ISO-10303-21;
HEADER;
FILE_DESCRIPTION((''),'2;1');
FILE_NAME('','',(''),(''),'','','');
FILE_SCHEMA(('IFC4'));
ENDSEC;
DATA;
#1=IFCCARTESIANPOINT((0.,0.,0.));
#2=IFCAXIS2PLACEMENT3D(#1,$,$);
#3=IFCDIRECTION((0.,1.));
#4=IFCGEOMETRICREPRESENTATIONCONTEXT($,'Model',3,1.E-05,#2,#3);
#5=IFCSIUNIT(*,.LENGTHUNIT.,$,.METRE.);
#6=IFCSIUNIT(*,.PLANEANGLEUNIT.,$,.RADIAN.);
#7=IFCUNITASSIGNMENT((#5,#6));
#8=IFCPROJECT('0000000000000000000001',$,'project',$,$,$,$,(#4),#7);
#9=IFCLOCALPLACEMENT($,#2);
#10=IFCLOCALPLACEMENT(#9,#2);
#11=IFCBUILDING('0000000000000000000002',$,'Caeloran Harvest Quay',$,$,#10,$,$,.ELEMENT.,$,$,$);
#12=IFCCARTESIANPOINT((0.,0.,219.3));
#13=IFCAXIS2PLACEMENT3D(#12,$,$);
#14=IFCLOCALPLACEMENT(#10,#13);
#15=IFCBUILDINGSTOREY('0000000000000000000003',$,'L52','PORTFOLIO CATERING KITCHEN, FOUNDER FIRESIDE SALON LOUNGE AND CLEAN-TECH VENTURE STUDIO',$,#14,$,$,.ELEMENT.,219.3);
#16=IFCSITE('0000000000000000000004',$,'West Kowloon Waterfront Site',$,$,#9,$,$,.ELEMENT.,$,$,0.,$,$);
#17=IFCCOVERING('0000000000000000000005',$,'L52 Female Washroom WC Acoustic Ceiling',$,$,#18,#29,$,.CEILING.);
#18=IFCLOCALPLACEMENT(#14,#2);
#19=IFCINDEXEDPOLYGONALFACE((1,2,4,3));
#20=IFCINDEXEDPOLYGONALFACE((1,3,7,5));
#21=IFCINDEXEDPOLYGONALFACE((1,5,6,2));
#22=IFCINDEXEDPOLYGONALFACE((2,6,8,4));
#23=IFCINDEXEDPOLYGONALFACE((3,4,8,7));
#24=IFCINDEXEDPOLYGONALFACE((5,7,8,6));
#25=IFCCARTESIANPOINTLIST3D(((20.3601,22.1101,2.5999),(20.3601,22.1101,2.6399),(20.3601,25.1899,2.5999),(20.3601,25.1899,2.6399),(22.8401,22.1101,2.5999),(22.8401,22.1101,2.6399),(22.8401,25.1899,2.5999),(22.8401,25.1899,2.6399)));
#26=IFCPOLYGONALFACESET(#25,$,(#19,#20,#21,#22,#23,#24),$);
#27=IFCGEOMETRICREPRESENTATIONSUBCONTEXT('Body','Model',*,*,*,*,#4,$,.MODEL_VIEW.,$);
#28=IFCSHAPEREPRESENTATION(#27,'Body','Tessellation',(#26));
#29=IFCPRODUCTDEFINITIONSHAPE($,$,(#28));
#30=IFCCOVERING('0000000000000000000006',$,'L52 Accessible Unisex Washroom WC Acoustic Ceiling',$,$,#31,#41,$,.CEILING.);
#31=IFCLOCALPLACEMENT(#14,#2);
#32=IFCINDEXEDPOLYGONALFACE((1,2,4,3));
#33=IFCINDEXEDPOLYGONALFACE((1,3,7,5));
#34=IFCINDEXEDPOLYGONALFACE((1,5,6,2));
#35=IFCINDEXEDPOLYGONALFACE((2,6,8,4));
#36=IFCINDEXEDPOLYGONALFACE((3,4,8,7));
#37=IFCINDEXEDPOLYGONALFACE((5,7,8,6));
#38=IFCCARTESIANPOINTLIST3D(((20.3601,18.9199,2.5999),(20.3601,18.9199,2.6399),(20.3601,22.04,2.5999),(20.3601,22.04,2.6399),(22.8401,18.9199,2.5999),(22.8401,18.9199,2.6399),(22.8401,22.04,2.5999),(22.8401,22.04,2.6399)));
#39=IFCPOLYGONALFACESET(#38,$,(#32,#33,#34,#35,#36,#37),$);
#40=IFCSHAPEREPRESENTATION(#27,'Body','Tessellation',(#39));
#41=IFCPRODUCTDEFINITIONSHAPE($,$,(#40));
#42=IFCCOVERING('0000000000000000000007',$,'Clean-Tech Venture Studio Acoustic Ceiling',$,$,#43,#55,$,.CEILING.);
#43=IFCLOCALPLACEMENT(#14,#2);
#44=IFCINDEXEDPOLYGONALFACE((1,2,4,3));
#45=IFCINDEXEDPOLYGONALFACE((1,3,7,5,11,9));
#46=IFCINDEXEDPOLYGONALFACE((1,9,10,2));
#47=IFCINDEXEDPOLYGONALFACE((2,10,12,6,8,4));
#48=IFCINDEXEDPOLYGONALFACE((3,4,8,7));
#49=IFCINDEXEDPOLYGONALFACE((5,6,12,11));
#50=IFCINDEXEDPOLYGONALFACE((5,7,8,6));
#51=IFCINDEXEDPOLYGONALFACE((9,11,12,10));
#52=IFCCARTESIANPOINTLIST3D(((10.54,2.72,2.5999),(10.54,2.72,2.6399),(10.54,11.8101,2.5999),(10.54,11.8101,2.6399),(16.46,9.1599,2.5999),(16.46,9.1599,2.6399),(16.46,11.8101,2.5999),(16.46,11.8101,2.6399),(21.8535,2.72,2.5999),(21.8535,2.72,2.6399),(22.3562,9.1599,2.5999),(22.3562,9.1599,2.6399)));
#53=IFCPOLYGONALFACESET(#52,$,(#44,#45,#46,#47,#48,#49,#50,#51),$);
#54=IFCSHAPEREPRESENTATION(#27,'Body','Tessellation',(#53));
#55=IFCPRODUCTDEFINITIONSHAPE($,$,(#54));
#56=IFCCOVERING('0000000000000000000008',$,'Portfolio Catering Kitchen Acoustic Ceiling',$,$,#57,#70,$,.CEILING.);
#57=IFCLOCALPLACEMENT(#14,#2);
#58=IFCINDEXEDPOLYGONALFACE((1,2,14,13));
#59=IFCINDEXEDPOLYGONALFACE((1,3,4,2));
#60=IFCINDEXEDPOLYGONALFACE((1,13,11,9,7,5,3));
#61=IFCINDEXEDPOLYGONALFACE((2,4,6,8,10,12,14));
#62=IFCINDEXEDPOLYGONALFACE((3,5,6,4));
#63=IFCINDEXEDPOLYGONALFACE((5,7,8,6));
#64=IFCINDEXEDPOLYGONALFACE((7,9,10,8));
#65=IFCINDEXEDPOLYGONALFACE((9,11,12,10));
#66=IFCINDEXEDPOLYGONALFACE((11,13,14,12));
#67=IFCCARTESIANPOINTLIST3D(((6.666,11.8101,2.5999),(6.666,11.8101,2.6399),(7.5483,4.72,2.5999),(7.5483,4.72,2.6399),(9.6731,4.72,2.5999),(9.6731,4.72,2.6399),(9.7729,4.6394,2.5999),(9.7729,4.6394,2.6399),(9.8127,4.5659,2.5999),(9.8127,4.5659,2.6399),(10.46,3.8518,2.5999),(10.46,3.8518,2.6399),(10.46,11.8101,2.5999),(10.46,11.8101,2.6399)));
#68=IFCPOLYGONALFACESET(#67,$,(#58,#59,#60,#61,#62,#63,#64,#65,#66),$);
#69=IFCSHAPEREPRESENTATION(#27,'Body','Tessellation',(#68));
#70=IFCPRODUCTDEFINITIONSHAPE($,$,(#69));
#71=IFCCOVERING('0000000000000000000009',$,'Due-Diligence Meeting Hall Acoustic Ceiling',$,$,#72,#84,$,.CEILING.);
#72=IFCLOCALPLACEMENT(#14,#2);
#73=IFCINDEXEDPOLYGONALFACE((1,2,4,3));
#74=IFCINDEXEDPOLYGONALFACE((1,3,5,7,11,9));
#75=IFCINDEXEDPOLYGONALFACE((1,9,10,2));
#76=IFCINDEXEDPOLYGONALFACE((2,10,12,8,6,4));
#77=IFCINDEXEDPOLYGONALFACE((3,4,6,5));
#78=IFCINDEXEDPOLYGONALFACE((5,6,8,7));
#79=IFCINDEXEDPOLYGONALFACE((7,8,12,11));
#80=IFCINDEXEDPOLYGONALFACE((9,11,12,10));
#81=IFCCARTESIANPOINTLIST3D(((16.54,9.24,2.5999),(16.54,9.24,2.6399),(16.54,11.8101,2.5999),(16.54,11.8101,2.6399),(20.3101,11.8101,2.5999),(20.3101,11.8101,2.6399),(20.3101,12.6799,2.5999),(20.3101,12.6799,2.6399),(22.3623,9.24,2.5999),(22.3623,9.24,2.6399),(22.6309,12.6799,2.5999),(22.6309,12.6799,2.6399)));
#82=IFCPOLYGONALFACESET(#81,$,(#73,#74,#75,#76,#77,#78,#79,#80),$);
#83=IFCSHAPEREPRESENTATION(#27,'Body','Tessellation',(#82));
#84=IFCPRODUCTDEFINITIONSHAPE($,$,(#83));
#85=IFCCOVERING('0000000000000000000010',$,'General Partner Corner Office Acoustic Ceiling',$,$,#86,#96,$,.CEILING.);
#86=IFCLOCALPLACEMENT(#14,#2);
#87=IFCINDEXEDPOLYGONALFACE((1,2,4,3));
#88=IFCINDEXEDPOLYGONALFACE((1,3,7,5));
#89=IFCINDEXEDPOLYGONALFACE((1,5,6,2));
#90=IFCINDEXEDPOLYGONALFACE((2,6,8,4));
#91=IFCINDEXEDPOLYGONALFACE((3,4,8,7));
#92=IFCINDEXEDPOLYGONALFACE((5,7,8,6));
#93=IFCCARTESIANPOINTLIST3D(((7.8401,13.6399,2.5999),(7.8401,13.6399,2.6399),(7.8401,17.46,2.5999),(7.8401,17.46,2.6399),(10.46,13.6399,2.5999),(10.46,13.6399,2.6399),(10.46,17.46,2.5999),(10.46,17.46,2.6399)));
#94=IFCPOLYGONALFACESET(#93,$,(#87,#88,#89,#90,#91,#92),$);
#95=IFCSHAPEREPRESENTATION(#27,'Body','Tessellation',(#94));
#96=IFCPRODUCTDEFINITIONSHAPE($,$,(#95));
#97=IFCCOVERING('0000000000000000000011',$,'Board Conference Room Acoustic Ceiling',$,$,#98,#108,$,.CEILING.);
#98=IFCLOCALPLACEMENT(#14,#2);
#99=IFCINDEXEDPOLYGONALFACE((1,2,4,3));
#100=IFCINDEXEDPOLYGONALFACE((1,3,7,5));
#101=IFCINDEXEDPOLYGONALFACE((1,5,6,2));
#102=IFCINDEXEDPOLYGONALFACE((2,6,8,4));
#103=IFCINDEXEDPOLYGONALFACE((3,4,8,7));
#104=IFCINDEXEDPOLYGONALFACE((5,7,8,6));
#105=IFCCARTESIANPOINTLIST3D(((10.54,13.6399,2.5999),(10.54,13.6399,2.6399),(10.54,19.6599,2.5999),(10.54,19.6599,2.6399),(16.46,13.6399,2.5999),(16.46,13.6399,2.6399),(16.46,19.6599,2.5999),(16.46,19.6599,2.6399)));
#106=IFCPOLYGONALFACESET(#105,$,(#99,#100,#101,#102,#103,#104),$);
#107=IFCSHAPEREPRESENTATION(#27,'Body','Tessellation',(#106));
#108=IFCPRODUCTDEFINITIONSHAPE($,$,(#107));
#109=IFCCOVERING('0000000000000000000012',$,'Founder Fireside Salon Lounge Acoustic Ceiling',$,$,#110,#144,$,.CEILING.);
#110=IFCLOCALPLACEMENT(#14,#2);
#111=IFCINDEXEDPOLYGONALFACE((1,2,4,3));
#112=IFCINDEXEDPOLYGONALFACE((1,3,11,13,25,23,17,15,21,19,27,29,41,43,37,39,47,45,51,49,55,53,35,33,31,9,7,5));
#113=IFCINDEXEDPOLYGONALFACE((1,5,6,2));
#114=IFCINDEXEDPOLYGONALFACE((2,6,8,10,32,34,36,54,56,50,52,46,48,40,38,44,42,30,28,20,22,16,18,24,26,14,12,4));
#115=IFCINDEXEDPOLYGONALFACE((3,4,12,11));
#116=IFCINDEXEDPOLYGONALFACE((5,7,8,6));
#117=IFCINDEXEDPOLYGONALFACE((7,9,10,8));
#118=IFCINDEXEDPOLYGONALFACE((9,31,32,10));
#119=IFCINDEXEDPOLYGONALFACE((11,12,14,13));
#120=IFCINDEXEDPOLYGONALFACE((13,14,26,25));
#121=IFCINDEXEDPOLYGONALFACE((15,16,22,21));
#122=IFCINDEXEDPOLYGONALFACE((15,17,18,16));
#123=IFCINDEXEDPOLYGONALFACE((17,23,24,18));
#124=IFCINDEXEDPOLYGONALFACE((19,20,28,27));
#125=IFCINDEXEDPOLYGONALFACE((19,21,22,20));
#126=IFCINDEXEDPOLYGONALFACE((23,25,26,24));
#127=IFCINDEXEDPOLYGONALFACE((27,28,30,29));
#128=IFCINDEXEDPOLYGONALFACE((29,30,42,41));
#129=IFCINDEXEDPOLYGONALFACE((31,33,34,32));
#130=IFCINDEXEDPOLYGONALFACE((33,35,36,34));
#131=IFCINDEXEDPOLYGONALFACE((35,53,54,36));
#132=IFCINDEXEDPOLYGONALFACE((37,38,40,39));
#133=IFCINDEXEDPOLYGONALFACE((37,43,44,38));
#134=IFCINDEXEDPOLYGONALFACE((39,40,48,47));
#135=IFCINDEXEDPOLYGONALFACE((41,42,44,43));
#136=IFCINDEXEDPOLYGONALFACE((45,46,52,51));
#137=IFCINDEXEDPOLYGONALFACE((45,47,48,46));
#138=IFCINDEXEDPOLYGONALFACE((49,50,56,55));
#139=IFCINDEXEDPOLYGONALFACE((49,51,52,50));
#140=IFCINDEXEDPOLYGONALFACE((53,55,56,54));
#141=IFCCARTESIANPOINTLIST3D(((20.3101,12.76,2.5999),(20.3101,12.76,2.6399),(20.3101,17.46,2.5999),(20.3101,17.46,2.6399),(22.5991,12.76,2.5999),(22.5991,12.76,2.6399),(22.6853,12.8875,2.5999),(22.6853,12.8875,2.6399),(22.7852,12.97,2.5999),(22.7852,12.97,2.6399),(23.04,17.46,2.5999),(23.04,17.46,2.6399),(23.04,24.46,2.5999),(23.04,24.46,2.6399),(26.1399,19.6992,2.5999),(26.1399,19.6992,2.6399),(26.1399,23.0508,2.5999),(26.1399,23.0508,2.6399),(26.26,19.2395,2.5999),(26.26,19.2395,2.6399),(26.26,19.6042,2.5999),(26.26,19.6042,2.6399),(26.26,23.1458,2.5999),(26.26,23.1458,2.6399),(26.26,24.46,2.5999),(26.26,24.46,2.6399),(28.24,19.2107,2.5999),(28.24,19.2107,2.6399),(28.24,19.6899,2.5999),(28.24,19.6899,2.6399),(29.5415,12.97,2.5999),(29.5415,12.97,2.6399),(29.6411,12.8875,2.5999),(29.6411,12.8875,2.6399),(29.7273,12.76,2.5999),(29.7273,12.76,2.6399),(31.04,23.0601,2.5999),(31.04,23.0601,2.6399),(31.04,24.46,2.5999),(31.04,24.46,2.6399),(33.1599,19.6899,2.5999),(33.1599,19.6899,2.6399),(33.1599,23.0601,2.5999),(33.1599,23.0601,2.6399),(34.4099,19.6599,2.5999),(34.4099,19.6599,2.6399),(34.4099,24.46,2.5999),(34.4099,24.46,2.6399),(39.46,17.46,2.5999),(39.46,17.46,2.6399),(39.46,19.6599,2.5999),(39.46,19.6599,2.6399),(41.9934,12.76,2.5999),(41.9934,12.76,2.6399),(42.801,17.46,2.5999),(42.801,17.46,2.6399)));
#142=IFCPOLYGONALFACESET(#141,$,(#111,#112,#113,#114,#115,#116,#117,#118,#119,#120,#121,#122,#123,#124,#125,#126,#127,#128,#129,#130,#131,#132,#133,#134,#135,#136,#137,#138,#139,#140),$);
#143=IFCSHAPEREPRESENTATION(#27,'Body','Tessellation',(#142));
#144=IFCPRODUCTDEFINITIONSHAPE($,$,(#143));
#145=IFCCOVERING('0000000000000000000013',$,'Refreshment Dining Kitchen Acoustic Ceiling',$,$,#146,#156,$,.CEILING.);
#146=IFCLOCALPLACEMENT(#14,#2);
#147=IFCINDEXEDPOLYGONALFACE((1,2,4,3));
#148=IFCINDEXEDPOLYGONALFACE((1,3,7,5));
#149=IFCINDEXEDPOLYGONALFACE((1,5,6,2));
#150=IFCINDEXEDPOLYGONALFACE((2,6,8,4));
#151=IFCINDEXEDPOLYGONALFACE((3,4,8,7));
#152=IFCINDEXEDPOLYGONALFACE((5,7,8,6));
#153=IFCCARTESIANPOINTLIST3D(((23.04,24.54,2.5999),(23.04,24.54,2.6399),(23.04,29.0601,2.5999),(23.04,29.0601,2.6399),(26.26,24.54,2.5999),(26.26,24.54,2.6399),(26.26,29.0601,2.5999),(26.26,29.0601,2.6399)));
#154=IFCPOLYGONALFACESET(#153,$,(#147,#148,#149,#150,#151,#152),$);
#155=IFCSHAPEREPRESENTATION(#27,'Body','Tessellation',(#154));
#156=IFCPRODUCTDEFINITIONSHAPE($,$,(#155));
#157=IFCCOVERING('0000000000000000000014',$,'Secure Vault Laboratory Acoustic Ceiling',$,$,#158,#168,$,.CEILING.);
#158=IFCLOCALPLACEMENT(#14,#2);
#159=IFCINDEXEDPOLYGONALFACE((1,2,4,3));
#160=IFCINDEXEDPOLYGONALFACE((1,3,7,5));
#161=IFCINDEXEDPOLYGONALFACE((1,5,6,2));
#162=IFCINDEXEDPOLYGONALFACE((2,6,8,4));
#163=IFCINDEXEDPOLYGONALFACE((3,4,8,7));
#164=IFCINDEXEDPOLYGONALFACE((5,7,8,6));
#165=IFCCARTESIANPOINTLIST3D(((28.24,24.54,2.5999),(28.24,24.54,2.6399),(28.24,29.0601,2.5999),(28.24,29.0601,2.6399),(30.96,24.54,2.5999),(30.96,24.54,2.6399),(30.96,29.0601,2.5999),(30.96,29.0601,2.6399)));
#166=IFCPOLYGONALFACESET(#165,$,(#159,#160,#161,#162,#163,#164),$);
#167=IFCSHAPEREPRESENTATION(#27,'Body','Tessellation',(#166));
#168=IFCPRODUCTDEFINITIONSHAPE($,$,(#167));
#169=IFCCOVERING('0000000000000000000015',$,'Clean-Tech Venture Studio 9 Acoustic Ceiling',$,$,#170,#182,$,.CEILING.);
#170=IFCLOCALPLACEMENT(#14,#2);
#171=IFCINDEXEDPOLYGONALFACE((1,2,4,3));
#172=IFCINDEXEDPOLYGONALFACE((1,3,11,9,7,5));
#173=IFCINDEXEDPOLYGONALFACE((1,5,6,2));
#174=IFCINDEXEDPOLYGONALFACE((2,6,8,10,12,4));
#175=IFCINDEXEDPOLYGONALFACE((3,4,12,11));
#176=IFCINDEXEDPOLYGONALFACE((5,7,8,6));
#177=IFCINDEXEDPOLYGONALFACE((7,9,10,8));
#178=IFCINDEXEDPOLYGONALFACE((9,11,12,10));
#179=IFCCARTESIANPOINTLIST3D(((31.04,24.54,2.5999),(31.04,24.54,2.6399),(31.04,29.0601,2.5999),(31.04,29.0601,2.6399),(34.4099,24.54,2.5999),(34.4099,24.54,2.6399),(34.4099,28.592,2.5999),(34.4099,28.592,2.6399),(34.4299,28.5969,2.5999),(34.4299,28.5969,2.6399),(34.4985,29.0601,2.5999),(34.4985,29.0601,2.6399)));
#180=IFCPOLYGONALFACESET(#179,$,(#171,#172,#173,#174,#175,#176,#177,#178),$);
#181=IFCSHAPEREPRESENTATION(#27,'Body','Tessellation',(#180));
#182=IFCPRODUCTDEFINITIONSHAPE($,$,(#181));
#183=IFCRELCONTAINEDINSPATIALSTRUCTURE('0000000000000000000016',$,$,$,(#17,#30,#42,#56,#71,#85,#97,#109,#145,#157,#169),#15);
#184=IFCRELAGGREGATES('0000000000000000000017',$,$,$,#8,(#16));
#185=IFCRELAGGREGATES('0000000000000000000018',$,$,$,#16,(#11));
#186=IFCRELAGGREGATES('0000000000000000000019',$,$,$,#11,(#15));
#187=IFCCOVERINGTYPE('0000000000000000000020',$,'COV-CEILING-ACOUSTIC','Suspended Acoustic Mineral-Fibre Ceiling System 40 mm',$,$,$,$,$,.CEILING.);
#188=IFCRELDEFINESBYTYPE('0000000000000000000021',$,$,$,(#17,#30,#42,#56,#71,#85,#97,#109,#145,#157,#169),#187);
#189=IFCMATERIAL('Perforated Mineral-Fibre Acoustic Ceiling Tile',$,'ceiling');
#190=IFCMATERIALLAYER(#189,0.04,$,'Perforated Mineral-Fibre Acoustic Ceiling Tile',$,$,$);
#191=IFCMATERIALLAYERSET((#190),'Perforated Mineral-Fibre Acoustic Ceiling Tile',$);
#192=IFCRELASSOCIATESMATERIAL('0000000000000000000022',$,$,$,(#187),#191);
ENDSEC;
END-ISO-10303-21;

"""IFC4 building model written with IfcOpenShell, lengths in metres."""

from ifc_helpers import new_model, si_unit, direction, frame, origin, place, context, subcontext, project, spatial, polyline, outline, extrude, material, layer, layer_set, type_object, element, save


model = new_model("IFC4")

# Units and contexts
model_context = context("Model", 3, precision=1e-05, world=origin(), true_north=direction((0.0, 1.0)))
body_context = subcontext(model_context, "Body", "Model", "MODEL_VIEW")
ifc_project = project(units=[si_unit("LENGTHUNIT", "METRE"), si_unit("PLANEANGLEUNIT", "RADIAN")], contexts=[model_context])

# Site, building, storey
site_placement = place(None, origin())
site = spatial("IfcSite", under=ifc_project, at=site_placement, Name="West Kowloon Waterfront Site", CompositionType="ELEMENT", RefElevation=0.0)
building_placement = place(site_placement, origin())
building = spatial("IfcBuilding", under=site, at=building_placement, Name="Caeloran Harvest Quay", CompositionType="ELEMENT")
storey_placement = place(building_placement, frame((0.0, 0.0, 219.3)))
storey = spatial("IfcBuildingStorey", under=building, at=storey_placement, Name="L52", Description="PORTFOLIO CATERING KITCHEN, FOUNDER FIRESIDE SALON LOUNGE AND CLEAN-TECH VENTURE STUDIO", CompositionType="ELEMENT", Elevation=219.3)

# Coverings
ifc_material_1 = material(Name="Perforated Mineral-Fibre Acoustic Ceiling Tile", Category="ceiling")
ifc_layer_1 = layer(ifc_material_1, 0.04, Name="Perforated Mineral-Fibre Acoustic Ceiling Tile")
ifc_layer_set_1 = layer_set([ifc_layer_1], Name="Perforated Mineral-Fibre Acoustic Ceiling Tile")
covering_type_1 = type_object("IfcCoveringType", Name="COV-CEILING-ACOUSTIC", Description="Suspended Acoustic Mineral-Fibre Ceiling System 40 mm", PredefinedType="CEILING", material=ifc_layer_set_1)
covering_1_placement = place(storey_placement, frame((0.0, 0.0, 2.5999)))
element("IfcCovering", 1, at=covering_1_placement, inside=storey, type_object=covering_type_1, Name="L52 Female Washroom WC Acoustic Ceiling", PredefinedType="CEILING", context=body_context, shape_type="SweptSolid", body=[
    extrude(outline(polyline([(22.8401, 25.1899), (22.8401, 22.1101), (20.3601, 22.1101), (20.3601, 25.1899), (22.8401, 25.1899)])), origin(), (0.0, 0.0, 1.0), 0.04),
])
covering_2_placement = place(storey_placement, frame((0.0, 0.0, 2.5999)))
element("IfcCovering", 2, at=covering_2_placement, inside=storey, type_object=covering_type_1, Name="L52 Accessible Unisex Washroom WC Acoustic Ceiling", PredefinedType="CEILING", context=body_context, shape_type="SweptSolid", body=[
    extrude(outline(polyline([(22.8401, 22.04), (22.8401, 18.9199), (20.3601, 18.9199), (20.3601, 22.04), (22.8401, 22.04)])), origin(), (0.0, 0.0, 1.0), 0.04),
])
covering_3_placement = place(storey_placement, frame((0.0, 0.0, 2.5999)))
element("IfcCovering", 3, at=covering_3_placement, inside=storey, type_object=covering_type_1, Name="Clean-Tech Venture Studio Acoustic Ceiling", PredefinedType="CEILING", context=body_context, shape_type="SweptSolid", body=[
    extrude(outline(polyline([(16.46, 11.8101), (16.46, 9.1599), (22.3562, 9.1599), (21.8535, 2.72), (10.54, 2.72), (10.54, 11.8101), (16.46, 11.8101)])), origin(), (0.0, 0.0, 1.0), 0.04),
])
covering_4_placement = place(storey_placement, frame((0.0, 0.0, 2.5999)))
element("IfcCovering", 4, at=covering_4_placement, inside=storey, type_object=covering_type_1, Name="Portfolio Catering Kitchen Acoustic Ceiling", PredefinedType="CEILING", context=body_context, shape_type="SweptSolid", body=[
    extrude(outline(polyline([(10.46, 11.8101), (10.46, 3.8518), (9.8127, 4.5659), (9.7729, 4.6394), (9.6731, 4.72), (7.5483, 4.72), (6.666, 11.8101), (10.46, 11.8101)])), origin(), (0.0, 0.0, 1.0), 0.04),
])
covering_5_placement = place(storey_placement, frame((0.0, 0.0, 2.5999)))
element("IfcCovering", 5, at=covering_5_placement, inside=storey, type_object=covering_type_1, Name="Due-Diligence Meeting Hall Acoustic Ceiling", PredefinedType="CEILING", context=body_context, shape_type="SweptSolid", body=[
    extrude(outline(polyline([(20.3101, 11.8101), (20.3101, 12.6799), (22.6309, 12.6799), (22.3623, 9.24), (16.54, 9.24), (16.54, 11.8101), (20.3101, 11.8101)])), origin(), (0.0, 0.0, 1.0), 0.04),
])
covering_6_placement = place(storey_placement, frame((0.0, 0.0, 2.5999)))
element("IfcCovering", 6, at=covering_6_placement, inside=storey, type_object=covering_type_1, Name="General Partner Corner Office Acoustic Ceiling", PredefinedType="CEILING", context=body_context, shape_type="SweptSolid", body=[
    extrude(outline(polyline([(7.8401, 13.6399), (7.8401, 17.46), (10.46, 17.46), (10.46, 13.6399), (7.8401, 13.6399)])), origin(), (0.0, 0.0, 1.0), 0.04),
])
covering_7_placement = place(storey_placement, frame((0.0, 0.0, 2.5999)))
element("IfcCovering", 7, at=covering_7_placement, inside=storey, type_object=covering_type_1, Name="Board Conference Room Acoustic Ceiling", PredefinedType="CEILING", context=body_context, shape_type="SweptSolid", body=[
    extrude(outline(polyline([(16.46, 19.6599), (16.46, 13.6399), (10.54, 13.6399), (10.54, 19.6599), (16.46, 19.6599)])), origin(), (0.0, 0.0, 1.0), 0.04),
])
covering_8_placement = place(storey_placement, frame((0.0, 0.0, 2.5999)))
element("IfcCovering", 8, at=covering_8_placement, inside=storey, type_object=covering_type_1, Name="Founder Fireside Salon Lounge Acoustic Ceiling", PredefinedType="CEILING", context=body_context, shape_type="SweptSolid", body=[
    extrude(outline(polyline([(33.1599, 23.0601), (31.04, 23.0601), (31.04, 24.46), (34.4099, 24.46), (34.4099, 19.6599), (39.46, 19.6599), (39.46, 17.46), (42.801, 17.46), (41.9934, 12.76), (29.7273, 12.76), (29.6411, 12.8875), (29.5415, 12.97), (22.7852, 12.97), (22.6853, 12.8875), (22.5991, 12.76), (20.3101, 12.76), (20.3101, 17.46), (23.04, 17.46), (23.04, 24.46), (26.26, 24.46), (26.26, 23.1458), (26.1399, 23.0508), (26.1399, 19.6992), (26.26, 19.6042), (26.26, 19.2395), (28.24, 19.2107), (28.24, 19.6899), (33.1599, 19.6899), (33.1599, 23.0601)])), origin(), (0.0, 0.0, 1.0), 0.04),
])
covering_9_placement = place(storey_placement, frame((0.0, 0.0, 2.5999)))
element("IfcCovering", 9, at=covering_9_placement, inside=storey, type_object=covering_type_1, Name="Refreshment Dining Kitchen Acoustic Ceiling", PredefinedType="CEILING", context=body_context, shape_type="SweptSolid", body=[
    extrude(outline(polyline([(23.04, 29.0601), (26.26, 29.0601), (26.26, 24.54), (23.04, 24.54), (23.04, 29.0601)])), origin(), (0.0, 0.0, 1.0), 0.04),
])
covering_10_placement = place(storey_placement, frame((0.0, 0.0, 2.5999)))
element("IfcCovering", 10, at=covering_10_placement, inside=storey, type_object=covering_type_1, Name="Secure Vault Laboratory Acoustic Ceiling", PredefinedType="CEILING", context=body_context, shape_type="SweptSolid", body=[
    extrude(outline(polyline([(28.24, 24.54), (28.24, 29.0601), (30.96, 29.0601), (30.96, 24.54), (28.24, 24.54)])), origin(), (0.0, 0.0, 1.0), 0.04),
])
covering_11_placement = place(storey_placement, frame((0.0, 0.0, 2.5999)))
element("IfcCovering", 11, at=covering_11_placement, inside=storey, type_object=covering_type_1, Name="Clean-Tech Venture Studio 9 Acoustic Ceiling", PredefinedType="CEILING", context=body_context, shape_type="SweptSolid", body=[
    extrude(outline(polyline([(34.4099, 28.592), (34.4099, 24.54), (31.04, 24.54), (31.04, 29.0601), (34.4985, 29.0601), (34.4299, 28.5969), (34.4099, 28.592)])), origin(), (0.0, 0.0, 1.0), 0.04),
])

save(model, "model.ifc")
